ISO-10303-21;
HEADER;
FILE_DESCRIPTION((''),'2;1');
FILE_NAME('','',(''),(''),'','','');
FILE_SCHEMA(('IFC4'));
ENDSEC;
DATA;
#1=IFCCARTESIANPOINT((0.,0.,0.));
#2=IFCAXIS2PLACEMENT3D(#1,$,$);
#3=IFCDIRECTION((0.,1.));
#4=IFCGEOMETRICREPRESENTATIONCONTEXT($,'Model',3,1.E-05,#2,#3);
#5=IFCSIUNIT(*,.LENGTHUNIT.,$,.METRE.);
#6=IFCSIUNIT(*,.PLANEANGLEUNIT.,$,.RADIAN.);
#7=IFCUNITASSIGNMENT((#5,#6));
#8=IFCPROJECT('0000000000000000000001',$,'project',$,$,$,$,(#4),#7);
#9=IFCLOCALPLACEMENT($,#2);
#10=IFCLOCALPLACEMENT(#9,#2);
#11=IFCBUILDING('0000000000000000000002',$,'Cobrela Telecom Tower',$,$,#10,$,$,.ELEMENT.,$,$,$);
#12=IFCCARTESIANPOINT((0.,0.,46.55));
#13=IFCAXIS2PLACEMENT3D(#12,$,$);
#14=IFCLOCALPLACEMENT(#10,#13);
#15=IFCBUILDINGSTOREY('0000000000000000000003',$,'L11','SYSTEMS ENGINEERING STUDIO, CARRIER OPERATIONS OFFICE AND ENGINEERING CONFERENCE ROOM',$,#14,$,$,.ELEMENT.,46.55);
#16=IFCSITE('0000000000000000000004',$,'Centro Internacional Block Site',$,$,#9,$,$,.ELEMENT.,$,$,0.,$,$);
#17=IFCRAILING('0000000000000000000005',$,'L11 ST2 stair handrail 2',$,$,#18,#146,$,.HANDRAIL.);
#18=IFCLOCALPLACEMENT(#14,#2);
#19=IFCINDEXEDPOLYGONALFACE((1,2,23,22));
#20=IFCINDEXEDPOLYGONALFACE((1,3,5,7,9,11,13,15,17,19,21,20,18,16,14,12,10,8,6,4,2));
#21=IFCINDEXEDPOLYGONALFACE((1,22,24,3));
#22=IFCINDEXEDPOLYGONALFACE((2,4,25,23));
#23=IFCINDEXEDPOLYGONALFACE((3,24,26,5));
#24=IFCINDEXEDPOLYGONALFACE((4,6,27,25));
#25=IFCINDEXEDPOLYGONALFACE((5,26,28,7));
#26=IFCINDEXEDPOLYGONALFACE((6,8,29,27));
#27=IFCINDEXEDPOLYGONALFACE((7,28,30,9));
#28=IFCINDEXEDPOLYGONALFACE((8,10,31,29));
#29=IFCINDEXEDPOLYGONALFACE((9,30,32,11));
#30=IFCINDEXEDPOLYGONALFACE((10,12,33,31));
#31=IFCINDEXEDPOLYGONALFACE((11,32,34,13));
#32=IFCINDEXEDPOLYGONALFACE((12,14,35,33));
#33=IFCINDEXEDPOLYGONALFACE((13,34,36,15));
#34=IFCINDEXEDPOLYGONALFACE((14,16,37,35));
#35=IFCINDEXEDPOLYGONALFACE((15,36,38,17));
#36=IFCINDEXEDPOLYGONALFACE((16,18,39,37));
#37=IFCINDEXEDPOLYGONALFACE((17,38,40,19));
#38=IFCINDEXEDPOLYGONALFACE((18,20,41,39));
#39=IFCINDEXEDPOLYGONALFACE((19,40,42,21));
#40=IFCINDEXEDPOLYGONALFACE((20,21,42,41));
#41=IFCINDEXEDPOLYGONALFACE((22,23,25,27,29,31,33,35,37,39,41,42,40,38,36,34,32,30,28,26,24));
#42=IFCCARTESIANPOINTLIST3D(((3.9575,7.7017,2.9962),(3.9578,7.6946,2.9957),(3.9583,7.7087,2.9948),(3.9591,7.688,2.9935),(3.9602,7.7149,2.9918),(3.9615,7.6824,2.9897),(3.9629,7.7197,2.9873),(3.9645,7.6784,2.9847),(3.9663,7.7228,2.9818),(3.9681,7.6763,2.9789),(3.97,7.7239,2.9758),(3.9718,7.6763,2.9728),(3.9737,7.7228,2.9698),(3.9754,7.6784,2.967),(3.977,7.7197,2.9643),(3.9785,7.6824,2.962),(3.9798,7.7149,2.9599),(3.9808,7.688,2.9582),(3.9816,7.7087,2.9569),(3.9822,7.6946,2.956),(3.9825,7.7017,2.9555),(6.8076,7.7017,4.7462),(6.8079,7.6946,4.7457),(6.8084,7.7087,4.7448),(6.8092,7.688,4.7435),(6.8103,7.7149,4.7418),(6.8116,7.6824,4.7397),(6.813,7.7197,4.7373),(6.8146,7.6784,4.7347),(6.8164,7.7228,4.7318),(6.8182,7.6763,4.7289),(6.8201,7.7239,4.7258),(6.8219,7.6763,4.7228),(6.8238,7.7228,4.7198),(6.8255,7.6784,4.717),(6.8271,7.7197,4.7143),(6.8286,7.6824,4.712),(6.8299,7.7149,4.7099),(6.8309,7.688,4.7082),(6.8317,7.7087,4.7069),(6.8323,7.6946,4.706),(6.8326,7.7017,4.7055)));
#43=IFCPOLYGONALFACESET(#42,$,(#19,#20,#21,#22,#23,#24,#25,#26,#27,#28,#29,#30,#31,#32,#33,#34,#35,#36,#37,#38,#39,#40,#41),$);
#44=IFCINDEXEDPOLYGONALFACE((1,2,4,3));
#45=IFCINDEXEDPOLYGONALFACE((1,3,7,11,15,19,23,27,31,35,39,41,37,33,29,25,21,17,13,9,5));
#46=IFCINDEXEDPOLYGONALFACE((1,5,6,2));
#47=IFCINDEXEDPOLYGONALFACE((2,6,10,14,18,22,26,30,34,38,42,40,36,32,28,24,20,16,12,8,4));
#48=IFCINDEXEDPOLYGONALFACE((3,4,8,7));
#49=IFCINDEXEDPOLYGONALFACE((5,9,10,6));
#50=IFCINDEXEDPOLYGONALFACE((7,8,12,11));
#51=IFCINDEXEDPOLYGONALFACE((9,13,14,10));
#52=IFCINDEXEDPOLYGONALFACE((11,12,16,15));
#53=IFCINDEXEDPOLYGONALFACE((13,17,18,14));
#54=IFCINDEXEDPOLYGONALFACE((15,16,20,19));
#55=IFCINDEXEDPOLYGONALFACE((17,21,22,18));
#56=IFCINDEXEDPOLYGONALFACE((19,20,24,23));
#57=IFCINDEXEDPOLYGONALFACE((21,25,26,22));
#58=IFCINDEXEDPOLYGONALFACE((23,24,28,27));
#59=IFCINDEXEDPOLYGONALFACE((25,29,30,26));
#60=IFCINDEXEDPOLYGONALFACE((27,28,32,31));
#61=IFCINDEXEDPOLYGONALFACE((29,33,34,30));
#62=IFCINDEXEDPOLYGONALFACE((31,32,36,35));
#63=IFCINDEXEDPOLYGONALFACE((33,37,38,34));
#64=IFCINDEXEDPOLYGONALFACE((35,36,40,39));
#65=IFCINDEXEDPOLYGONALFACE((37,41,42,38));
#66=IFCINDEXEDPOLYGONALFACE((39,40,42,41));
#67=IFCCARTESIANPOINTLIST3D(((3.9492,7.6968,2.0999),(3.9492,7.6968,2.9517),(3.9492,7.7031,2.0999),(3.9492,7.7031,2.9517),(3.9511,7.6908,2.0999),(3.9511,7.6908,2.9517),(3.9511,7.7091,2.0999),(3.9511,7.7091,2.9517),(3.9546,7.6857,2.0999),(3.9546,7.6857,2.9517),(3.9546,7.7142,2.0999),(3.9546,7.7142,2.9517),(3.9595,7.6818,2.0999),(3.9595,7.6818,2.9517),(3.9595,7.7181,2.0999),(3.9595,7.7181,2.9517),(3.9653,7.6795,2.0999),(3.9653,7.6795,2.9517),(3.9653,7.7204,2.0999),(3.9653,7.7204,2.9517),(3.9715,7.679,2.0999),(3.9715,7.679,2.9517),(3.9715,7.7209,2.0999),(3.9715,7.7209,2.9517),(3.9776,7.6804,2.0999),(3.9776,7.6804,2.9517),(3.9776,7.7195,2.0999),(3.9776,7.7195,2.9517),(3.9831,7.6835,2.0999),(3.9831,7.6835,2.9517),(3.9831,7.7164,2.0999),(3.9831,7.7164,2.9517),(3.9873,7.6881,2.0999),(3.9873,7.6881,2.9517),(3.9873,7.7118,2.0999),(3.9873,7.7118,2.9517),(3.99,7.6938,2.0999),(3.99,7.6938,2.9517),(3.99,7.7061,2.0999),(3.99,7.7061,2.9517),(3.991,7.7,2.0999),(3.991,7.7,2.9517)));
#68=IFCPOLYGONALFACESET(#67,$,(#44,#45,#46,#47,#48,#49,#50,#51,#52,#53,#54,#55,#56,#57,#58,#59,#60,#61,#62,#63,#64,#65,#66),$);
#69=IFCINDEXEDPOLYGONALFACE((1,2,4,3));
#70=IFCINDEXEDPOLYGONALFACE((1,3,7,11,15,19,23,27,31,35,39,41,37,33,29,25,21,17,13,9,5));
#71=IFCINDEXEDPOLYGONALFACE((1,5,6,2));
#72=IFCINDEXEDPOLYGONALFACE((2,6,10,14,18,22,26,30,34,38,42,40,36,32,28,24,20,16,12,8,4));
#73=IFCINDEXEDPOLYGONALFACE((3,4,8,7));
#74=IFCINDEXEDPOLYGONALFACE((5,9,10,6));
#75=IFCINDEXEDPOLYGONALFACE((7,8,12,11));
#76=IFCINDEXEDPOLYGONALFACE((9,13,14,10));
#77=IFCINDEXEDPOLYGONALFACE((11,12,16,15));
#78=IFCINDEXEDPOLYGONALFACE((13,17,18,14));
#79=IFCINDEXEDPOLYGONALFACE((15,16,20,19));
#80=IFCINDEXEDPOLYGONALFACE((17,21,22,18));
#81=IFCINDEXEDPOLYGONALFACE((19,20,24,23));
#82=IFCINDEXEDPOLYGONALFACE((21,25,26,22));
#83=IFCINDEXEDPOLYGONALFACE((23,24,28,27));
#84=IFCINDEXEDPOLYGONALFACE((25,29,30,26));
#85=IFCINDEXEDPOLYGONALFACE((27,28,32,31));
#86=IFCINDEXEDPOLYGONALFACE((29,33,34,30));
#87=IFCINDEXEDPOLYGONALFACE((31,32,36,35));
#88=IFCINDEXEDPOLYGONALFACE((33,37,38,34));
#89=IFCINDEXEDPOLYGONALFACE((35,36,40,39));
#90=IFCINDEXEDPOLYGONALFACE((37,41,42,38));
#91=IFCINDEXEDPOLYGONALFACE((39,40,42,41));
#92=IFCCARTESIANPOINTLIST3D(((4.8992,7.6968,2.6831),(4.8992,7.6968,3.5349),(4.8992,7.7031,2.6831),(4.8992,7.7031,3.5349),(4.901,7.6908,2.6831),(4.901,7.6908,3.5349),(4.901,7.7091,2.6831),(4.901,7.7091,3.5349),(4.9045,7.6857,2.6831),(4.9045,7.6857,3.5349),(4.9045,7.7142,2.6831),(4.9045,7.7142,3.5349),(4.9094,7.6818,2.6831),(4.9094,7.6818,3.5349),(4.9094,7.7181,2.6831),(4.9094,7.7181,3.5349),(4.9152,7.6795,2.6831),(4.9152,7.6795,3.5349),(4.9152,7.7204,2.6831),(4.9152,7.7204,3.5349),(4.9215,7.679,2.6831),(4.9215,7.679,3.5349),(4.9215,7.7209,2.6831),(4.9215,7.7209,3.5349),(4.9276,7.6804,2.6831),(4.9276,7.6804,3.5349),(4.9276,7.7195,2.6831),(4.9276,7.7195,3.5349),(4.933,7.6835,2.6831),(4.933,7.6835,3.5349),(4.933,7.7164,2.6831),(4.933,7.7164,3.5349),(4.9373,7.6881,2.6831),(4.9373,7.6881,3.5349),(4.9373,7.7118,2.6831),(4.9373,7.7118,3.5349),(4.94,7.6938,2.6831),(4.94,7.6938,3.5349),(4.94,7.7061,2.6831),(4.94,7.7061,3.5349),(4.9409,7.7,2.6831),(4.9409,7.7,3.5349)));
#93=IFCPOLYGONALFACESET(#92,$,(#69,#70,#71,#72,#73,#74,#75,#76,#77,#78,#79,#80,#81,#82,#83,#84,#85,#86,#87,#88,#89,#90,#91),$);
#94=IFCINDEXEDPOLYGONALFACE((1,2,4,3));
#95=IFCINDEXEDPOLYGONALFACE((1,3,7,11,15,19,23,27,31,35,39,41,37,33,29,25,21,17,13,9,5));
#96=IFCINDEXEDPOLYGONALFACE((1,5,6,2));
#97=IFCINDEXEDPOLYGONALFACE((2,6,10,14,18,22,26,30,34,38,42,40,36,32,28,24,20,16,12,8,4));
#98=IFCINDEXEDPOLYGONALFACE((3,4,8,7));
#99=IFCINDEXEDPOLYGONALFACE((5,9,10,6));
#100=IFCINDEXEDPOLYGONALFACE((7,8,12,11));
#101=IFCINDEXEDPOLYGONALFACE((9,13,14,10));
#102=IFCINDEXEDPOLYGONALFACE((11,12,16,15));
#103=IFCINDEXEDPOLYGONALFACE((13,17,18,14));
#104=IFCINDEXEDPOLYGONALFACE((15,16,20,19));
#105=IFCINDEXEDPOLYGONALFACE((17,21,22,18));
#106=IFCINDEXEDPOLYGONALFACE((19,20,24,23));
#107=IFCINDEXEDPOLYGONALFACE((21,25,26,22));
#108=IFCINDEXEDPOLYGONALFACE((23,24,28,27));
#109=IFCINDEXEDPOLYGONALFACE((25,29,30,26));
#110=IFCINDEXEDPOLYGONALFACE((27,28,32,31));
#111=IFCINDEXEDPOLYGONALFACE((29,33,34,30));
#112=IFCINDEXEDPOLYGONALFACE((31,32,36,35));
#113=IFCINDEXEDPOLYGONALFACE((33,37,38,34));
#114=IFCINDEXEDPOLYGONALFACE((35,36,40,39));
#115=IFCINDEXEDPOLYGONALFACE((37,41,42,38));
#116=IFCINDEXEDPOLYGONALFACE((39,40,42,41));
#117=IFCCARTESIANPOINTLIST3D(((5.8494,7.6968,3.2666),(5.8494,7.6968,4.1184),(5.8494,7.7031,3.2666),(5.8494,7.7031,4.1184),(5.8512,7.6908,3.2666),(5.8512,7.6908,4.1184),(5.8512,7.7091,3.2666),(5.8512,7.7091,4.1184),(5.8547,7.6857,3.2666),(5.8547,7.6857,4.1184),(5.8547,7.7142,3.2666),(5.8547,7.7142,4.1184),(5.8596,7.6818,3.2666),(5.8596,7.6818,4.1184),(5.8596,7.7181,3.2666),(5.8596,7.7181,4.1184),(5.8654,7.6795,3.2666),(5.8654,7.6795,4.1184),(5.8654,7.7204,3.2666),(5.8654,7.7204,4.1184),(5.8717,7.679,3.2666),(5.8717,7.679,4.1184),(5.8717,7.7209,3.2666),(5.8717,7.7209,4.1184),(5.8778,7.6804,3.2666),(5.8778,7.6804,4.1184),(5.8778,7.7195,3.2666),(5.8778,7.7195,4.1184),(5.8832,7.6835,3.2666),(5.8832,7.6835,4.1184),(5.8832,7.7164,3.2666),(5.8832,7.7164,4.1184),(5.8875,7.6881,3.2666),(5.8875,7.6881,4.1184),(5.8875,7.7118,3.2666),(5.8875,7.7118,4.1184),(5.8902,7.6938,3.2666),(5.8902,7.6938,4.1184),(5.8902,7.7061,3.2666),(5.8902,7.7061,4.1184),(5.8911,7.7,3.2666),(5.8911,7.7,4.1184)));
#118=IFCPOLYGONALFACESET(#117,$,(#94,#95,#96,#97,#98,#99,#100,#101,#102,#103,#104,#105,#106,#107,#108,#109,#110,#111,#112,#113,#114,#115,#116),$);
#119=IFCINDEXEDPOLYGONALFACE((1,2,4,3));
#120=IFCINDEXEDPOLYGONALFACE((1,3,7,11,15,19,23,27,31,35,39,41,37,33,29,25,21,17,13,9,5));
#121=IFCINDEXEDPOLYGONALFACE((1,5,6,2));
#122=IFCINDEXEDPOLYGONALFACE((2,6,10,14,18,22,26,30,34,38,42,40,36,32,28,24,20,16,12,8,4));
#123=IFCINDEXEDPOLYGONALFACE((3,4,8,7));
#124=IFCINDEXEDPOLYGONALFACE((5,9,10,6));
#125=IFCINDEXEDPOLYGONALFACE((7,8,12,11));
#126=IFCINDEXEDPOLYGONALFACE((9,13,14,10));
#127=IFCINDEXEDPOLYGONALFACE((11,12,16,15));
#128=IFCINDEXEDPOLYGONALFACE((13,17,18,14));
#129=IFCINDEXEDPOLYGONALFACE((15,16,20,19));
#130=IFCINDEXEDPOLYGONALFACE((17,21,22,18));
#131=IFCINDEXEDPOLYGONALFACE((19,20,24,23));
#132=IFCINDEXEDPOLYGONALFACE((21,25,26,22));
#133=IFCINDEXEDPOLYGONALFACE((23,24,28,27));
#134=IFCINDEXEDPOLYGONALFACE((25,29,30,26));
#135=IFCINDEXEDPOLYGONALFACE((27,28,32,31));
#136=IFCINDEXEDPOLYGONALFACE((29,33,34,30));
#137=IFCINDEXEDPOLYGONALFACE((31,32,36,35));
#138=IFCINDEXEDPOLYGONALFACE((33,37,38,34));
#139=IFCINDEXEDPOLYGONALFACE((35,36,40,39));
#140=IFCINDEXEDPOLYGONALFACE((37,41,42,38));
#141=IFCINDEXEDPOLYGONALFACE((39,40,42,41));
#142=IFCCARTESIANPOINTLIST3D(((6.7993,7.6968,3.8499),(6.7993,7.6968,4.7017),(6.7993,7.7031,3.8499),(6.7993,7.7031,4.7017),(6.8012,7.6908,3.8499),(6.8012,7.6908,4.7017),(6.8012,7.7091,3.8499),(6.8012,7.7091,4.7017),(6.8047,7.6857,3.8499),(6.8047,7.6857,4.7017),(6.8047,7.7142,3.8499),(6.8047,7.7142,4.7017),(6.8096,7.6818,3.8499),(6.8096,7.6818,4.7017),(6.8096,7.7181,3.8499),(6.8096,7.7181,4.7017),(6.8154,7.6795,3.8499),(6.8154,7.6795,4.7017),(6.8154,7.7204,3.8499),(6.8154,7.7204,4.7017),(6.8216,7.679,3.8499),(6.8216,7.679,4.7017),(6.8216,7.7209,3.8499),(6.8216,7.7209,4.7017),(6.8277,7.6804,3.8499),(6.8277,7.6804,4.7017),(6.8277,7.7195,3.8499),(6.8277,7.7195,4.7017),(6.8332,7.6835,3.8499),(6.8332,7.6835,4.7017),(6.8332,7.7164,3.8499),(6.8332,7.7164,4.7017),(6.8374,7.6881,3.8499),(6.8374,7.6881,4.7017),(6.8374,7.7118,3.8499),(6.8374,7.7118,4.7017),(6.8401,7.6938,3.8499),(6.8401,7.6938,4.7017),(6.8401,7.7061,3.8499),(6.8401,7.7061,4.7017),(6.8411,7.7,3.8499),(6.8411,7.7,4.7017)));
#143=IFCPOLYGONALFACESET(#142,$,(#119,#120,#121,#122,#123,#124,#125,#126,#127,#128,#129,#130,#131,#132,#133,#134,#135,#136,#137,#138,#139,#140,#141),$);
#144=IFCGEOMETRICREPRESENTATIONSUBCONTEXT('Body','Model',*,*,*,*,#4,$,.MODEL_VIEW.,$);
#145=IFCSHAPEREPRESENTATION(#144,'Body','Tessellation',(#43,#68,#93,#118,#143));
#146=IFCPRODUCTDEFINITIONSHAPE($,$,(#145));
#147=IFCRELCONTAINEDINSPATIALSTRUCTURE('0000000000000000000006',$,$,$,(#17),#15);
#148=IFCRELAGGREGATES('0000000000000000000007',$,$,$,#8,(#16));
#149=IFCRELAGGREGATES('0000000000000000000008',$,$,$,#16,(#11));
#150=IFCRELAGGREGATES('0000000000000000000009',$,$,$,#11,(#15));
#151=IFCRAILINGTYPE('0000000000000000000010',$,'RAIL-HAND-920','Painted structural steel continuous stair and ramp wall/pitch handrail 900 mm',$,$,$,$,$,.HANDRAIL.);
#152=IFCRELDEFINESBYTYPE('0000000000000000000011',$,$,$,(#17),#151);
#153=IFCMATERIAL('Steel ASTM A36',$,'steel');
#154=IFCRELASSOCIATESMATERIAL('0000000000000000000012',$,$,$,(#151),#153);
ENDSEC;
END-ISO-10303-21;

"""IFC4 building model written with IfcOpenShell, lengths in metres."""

from ifc_helpers import new_model, si_unit, direction, frame, origin, origin_2d, place, context, subcontext, project, spatial, circle, extrude, material, type_object, element, save


model = new_model("IFC4")

# Units and contexts
model_context = context("Model", 3, precision=1e-05, world=origin(), true_north=direction((0.0, 1.0)))
body_context = subcontext(model_context, "Body", "Model", "MODEL_VIEW")
ifc_project = project(units=[si_unit("LENGTHUNIT", "METRE"), si_unit("PLANEANGLEUNIT", "RADIAN")], contexts=[model_context])

# Site, building, storey
site_placement = place(None, origin())
site = spatial("IfcSite", under=ifc_project, at=site_placement, Name="Centro Internacional Block Site", CompositionType="ELEMENT", RefElevation=0.0)
building_placement = place(site_placement, origin())
building = spatial("IfcBuilding", under=site, at=building_placement, Name="Cobrela Telecom Tower", CompositionType="ELEMENT")
storey_placement = place(building_placement, frame((0.0, 0.0, 46.55)))
storey = spatial("IfcBuildingStorey", under=building, at=storey_placement, Name="L11", Description="SYSTEMS ENGINEERING STUDIO, CARRIER OPERATIONS OFFICE AND ENGINEERING CONFERENCE ROOM", CompositionType="ELEMENT", Elevation=46.55)

# Railing
ifc_material_1 = material(Name="Steel ASTM A36", Category="steel")
railing_type_1 = type_object("IfcRailingType", Name="RAIL-HAND-920", Description="Painted structural steel continuous stair and ramp wall/pitch handrail 900 mm", PredefinedType="HANDRAIL", material=ifc_material_1)
railing_1_placement = place(storey_placement, frame((3.97, 7.7, 2.0999)))
element("IfcRailing", 1, at=railing_1_placement, inside=storey, type_object=railing_type_1, Name="L11 ST2 stair handrail 2", PredefinedType="HANDRAIL", context=body_context, shape_type="SweptSolid", body=[
    extrude(circle(Radius=0.0239, at=origin_2d()), frame((0.0, 0.0, 0.876), z_axis=(0.852179, 0.0, 0.52325), x_axis=(0.0, 1.0, 0.0)), (0.0, 0.0, 1.0), 3.3445),
    extrude(circle(Radius=0.021, at=origin_2d()), origin(), (0.0, 0.0, 1.0), 0.8518),
    extrude(circle(Radius=0.021, at=origin_2d()), frame((0.95, 0.0, 0.5833)), (0.0, 0.0, 1.0), 0.8518),
    extrude(circle(Radius=0.021, at=origin_2d()), frame((1.9001, 0.0, 1.1667)), (0.0, 0.0, 1.0), 0.8518),
    extrude(circle(Radius=0.021, at=origin_2d()), frame((2.8501, 0.0, 1.75)), (0.0, 0.0, 1.0), 0.8518),
])

save(model, "model.ifc")
